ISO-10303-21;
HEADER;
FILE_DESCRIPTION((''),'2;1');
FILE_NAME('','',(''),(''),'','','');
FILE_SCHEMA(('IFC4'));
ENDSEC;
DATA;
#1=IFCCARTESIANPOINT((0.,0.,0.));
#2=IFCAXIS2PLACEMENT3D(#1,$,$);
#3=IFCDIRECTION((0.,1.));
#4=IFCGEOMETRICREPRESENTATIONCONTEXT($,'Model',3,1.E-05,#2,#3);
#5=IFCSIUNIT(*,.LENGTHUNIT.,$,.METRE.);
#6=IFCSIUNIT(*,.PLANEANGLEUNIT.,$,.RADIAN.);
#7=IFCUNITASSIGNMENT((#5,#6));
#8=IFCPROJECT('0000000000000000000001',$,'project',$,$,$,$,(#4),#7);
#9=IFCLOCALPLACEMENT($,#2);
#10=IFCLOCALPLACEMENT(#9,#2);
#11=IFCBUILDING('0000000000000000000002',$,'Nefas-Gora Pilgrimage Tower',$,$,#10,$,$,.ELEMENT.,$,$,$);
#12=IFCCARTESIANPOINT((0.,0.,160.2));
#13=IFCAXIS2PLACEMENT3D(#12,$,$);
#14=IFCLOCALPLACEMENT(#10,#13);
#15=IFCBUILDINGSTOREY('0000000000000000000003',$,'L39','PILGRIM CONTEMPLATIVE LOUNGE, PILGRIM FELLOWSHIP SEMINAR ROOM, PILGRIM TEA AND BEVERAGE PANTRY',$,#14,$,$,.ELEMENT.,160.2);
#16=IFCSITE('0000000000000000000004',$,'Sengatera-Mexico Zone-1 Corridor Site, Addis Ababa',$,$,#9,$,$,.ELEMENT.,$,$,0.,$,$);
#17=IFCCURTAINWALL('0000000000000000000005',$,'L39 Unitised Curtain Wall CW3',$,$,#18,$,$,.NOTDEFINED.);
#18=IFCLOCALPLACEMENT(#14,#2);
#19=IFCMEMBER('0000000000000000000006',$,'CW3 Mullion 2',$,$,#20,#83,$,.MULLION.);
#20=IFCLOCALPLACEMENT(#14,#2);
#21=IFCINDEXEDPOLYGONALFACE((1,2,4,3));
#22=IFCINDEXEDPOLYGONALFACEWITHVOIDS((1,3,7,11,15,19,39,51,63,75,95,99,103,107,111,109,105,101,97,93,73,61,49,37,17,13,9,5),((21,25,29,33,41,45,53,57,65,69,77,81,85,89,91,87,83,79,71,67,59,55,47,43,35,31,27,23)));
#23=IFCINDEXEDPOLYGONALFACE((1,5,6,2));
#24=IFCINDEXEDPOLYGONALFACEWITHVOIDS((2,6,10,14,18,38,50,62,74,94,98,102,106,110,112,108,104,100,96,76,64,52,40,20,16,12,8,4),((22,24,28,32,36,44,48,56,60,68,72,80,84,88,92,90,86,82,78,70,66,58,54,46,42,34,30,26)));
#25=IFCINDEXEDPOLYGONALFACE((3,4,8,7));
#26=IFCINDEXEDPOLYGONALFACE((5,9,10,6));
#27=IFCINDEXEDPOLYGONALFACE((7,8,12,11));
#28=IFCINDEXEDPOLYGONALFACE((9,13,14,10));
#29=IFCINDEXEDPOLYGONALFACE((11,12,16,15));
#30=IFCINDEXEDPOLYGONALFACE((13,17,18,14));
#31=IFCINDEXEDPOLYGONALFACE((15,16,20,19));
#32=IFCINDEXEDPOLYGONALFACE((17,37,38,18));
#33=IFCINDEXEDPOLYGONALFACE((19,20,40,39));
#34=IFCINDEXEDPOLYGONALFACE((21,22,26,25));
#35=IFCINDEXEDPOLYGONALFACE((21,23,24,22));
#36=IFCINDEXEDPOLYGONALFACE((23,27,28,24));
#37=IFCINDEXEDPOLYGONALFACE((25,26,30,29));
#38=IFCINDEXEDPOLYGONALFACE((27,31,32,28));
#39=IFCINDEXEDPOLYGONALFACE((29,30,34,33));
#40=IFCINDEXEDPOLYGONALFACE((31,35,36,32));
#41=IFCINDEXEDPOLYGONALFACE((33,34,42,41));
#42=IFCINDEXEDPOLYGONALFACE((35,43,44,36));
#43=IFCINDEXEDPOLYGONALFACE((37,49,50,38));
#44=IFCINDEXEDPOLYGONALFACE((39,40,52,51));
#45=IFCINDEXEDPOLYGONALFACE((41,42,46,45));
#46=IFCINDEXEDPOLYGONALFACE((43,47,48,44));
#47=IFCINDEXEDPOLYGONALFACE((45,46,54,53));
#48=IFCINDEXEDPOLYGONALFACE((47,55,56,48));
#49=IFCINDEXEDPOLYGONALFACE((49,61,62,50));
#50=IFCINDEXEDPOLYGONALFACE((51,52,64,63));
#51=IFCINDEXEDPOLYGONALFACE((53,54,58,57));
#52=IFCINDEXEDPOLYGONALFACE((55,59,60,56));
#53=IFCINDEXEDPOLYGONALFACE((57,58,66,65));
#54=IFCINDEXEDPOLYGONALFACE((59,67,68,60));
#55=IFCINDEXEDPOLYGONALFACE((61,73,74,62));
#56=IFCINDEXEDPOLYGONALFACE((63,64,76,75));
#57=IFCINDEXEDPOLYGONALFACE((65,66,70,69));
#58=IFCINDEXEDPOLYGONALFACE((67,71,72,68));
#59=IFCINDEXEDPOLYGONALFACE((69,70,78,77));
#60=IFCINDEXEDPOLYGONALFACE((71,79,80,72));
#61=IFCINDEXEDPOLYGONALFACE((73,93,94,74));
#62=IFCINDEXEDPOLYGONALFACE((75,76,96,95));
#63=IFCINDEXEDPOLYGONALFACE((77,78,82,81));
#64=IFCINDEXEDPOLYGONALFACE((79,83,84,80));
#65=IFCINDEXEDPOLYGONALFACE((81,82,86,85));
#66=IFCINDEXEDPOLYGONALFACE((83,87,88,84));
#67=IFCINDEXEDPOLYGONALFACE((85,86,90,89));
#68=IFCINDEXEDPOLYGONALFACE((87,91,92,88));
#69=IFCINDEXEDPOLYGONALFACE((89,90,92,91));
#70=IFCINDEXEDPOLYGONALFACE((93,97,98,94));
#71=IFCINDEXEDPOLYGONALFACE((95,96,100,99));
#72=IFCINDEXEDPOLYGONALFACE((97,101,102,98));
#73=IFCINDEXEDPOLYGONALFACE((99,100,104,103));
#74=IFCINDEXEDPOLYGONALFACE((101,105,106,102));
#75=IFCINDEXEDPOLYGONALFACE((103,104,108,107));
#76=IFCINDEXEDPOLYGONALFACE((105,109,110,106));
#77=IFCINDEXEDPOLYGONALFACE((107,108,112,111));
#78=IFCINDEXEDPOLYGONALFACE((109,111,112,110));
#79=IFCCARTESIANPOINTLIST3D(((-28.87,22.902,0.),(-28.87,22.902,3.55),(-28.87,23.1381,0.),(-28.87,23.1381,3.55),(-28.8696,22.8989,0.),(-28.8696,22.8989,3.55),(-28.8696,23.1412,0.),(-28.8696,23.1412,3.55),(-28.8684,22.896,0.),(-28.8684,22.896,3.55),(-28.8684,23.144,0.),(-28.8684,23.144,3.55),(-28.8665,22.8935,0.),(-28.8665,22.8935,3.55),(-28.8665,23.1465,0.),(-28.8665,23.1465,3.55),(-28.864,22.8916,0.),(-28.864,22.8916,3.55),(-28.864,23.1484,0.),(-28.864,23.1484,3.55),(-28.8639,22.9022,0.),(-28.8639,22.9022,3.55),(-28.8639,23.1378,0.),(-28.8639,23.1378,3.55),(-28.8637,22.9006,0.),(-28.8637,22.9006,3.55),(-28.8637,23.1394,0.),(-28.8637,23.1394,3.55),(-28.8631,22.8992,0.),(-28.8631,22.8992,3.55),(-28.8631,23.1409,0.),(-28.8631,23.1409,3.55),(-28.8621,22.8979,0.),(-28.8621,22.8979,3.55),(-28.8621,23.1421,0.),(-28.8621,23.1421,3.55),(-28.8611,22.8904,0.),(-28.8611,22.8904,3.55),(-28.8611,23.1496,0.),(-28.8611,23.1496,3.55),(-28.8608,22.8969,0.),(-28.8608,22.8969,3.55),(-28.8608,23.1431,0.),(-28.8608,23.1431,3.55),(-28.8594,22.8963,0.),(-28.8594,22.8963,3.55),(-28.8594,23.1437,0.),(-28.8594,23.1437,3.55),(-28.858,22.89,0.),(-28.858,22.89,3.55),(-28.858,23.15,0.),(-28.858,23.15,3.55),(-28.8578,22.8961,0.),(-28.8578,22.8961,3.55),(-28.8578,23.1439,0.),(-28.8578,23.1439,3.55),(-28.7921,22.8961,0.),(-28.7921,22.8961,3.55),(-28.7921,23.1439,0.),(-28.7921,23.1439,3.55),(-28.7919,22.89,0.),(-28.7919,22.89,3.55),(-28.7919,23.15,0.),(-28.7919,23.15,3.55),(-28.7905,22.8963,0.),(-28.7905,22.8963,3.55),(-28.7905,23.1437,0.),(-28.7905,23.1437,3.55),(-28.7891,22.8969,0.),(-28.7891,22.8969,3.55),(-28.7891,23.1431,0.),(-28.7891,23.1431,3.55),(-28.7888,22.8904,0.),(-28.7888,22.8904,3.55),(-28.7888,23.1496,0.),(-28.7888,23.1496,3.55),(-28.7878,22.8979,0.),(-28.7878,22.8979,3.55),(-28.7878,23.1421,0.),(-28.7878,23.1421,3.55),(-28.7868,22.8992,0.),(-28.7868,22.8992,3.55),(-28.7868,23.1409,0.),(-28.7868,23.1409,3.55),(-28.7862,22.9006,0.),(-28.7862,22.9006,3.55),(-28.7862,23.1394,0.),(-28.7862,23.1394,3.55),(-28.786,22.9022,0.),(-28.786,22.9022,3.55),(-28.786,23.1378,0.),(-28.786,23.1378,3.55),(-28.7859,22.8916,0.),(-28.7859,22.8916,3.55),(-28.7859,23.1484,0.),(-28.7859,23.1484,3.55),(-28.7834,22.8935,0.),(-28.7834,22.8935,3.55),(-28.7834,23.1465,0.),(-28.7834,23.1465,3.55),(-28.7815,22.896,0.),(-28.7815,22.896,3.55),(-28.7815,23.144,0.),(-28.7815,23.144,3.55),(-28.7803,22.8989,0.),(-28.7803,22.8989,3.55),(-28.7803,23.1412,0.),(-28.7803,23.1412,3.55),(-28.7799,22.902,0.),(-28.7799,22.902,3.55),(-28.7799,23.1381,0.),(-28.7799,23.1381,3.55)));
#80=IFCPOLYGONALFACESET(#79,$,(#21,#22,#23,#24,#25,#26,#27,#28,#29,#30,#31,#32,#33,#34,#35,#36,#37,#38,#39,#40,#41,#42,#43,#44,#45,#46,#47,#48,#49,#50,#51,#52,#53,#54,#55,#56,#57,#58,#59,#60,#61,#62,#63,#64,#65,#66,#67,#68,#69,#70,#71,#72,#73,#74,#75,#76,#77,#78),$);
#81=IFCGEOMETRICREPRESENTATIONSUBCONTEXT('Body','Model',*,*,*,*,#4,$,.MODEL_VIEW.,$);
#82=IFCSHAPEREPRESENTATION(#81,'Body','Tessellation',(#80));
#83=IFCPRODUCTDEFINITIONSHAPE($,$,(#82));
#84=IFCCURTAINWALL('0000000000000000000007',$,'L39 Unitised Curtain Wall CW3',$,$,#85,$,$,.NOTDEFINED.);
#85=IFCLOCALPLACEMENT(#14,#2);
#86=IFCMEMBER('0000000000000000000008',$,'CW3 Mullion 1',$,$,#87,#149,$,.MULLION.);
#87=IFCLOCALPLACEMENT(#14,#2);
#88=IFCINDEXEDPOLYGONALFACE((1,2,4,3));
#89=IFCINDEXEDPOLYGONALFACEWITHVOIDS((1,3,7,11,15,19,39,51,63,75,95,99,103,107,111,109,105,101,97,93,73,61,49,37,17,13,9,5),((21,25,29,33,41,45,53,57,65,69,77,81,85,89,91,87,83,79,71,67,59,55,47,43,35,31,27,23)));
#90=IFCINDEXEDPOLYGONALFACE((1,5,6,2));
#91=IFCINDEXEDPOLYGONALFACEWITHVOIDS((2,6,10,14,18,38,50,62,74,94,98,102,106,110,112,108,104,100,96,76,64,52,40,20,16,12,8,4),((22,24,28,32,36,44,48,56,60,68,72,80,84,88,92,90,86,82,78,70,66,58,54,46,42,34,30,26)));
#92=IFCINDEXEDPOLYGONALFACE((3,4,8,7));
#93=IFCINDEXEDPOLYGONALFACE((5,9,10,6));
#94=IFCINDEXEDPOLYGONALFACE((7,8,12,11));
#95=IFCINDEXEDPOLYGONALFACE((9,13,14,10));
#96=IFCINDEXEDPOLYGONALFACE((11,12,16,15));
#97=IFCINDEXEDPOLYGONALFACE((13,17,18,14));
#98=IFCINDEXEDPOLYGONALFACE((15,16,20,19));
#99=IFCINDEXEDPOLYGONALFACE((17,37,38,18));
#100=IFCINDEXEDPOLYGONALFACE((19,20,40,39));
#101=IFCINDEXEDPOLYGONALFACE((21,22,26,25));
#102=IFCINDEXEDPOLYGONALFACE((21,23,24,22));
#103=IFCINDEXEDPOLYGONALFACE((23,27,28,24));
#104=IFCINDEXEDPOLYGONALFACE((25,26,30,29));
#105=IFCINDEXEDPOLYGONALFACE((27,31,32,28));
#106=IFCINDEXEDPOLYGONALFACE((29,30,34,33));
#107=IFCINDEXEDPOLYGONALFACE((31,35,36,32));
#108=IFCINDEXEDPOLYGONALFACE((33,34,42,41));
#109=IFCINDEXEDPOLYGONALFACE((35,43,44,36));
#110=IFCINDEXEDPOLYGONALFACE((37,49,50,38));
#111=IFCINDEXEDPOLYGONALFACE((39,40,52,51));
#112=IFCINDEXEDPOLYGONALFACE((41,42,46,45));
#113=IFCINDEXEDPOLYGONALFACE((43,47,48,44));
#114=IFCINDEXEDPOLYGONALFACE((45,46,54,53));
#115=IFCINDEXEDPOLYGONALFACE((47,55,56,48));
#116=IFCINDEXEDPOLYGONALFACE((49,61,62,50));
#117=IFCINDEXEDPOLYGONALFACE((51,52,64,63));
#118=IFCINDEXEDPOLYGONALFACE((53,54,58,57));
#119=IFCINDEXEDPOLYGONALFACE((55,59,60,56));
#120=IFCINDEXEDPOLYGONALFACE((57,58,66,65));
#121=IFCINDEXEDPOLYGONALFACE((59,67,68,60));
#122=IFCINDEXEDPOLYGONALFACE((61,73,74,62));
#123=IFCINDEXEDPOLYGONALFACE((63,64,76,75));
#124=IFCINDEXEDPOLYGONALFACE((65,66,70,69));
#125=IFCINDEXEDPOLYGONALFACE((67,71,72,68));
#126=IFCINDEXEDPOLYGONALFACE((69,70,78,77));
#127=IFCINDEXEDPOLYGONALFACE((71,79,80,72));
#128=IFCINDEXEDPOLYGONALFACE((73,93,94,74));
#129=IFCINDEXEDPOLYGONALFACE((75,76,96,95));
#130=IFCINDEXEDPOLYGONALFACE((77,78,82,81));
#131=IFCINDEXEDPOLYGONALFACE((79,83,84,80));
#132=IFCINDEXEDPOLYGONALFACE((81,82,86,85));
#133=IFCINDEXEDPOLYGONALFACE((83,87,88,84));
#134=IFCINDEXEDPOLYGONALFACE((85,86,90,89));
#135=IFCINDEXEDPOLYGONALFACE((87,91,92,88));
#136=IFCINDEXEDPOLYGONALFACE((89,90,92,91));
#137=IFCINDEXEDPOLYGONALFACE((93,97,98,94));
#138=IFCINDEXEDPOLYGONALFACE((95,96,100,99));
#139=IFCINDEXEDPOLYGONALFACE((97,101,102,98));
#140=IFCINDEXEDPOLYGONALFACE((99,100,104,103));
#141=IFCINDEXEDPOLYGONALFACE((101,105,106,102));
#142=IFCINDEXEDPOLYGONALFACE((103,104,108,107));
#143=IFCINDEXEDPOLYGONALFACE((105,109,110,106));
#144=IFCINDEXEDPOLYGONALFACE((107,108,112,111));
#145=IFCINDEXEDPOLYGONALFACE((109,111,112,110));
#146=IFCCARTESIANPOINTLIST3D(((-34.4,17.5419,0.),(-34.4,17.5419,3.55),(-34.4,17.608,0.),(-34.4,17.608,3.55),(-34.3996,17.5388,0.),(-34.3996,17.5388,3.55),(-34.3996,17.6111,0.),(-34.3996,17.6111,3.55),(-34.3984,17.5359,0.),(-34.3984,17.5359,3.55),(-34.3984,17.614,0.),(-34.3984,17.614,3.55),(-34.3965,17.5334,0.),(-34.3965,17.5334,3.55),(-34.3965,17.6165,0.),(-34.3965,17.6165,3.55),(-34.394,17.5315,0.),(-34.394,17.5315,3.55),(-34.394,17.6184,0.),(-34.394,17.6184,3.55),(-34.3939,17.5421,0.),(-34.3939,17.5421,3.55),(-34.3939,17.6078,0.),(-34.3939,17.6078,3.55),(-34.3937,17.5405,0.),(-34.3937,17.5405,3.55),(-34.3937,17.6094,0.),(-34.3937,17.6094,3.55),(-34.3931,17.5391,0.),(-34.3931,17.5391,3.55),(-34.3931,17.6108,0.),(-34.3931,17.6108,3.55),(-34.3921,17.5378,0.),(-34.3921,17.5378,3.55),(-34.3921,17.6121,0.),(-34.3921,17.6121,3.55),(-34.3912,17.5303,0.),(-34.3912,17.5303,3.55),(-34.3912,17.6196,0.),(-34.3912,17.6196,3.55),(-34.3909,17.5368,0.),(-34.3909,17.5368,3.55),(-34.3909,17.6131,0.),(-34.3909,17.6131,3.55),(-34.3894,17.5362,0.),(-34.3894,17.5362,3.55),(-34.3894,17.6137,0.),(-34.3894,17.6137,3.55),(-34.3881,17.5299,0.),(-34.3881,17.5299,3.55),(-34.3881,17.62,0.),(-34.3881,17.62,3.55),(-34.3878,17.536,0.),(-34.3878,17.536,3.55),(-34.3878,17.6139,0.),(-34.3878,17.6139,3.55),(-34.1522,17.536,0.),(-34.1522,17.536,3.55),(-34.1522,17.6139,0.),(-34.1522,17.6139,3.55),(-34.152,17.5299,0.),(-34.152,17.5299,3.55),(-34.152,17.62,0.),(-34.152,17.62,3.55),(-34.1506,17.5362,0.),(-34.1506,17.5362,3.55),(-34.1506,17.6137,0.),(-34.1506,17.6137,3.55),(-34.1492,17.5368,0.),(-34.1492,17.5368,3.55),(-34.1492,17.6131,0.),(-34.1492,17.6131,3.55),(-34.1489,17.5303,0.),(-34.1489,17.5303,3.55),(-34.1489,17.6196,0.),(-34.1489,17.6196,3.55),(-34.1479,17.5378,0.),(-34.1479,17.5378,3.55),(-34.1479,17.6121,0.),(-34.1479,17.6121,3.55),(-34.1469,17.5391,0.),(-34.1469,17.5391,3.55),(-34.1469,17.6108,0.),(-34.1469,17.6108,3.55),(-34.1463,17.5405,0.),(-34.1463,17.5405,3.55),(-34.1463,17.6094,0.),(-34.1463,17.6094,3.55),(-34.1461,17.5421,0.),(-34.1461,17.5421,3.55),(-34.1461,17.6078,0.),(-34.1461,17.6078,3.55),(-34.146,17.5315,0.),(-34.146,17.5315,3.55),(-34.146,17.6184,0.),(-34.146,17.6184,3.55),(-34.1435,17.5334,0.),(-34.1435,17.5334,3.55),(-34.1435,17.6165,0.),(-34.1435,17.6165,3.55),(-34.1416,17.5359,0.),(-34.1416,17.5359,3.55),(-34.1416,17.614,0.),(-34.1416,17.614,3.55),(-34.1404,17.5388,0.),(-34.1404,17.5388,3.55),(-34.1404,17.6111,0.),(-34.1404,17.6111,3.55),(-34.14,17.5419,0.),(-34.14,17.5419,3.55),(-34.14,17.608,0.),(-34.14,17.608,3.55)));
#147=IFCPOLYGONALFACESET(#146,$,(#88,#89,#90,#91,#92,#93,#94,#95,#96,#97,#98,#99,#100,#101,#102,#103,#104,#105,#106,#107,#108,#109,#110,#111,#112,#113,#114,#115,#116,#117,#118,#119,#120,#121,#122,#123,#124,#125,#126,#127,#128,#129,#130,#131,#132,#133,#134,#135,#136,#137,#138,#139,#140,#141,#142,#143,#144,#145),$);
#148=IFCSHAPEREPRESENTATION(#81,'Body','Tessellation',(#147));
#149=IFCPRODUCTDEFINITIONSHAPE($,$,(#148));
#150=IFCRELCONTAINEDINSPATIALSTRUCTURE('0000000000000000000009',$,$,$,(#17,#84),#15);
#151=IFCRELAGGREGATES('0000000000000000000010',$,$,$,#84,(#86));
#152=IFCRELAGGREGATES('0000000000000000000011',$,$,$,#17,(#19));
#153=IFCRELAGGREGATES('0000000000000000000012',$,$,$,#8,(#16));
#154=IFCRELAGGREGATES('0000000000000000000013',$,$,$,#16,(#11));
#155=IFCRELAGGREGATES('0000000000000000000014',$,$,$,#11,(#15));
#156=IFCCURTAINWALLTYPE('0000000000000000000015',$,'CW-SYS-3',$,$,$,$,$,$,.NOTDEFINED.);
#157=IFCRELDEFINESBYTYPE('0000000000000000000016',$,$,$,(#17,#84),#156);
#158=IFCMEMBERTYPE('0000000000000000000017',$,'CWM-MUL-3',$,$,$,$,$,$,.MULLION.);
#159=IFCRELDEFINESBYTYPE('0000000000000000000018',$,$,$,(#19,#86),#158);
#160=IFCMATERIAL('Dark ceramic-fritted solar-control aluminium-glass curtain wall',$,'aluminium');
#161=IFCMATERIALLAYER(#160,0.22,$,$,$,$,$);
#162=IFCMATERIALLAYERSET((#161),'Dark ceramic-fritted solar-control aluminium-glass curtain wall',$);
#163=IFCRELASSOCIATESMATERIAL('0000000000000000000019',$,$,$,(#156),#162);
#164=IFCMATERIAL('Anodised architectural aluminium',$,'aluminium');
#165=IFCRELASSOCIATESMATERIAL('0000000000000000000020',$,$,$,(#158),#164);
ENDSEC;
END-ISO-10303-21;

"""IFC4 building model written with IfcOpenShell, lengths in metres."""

from ifc_helpers import new_model, si_unit, direction, frame, origin, origin_2d, place, context, subcontext, project, spatial, hollow_rectangle, extrude, source, transform, mapped, material, layer, layer_set, material_profile, profile_set, type_object, element, aggregate, save


model = new_model("IFC4")

# Units and contexts
model_context = context("Model", 3, precision=1e-05, world=origin(), true_north=direction((0.0, 1.0)))
body_context = subcontext(model_context, "Body", "Model", "MODEL_VIEW")
ifc_project = project(units=[si_unit("LENGTHUNIT", "METRE"), si_unit("PLANEANGLEUNIT", "RADIAN")], contexts=[model_context])

# Site, building, storey
site_placement = place(None, origin())
site = spatial("IfcSite", under=ifc_project, at=site_placement, Name="Sengatera-Mexico Zone-1 Corridor Site, Addis Ababa", CompositionType="ELEMENT", RefElevation=0.0)
building_placement = place(site_placement, origin())
building = spatial("IfcBuilding", under=site, at=building_placement, Name="Nefas-Gora Pilgrimage Tower", CompositionType="ELEMENT")
storey_placement = place(building_placement, frame((0.0, 0.0, 160.2)))
storey = spatial("IfcBuildingStorey", under=building, at=storey_placement, Name="L39", Description="PILGRIM CONTEMPLATIVE LOUNGE, PILGRIM FELLOWSHIP SEMINAR ROOM, PILGRIM TEA AND BEVERAGE PANTRY", CompositionType="ELEMENT", Elevation=160.2)

# Shared definitions
ifc_material_1 = material(Name="Dark ceramic-fritted solar-control aluminium-glass curtain wall", Category="aluminium")
ifc_material_2 = material(Name="Anodised architectural aluminium", Category="aluminium")

# Curtain walls, members
ifc_layer_1 = layer(ifc_material_1, 0.22)
ifc_layer_set_1 = layer_set([ifc_layer_1], Name="Dark ceramic-fritted solar-control aluminium-glass curtain wall")
curtain_wall_type_1 = type_object("IfcCurtainWallType", Name="CW-SYS-3", PredefinedType="NOTDEFINED", material=ifc_layer_set_1)
curtain_wall_1_placement = place(storey_placement, origin())
curtain_wall_1 = element("IfcCurtainWall", 1, at=curtain_wall_1_placement, inside=storey, type_object=curtain_wall_type_1, Name="L39 Unitised Curtain Wall CW3", PredefinedType="NOTDEFINED")
ifc_material_profile_1 = material_profile(ifc_material_2, hollow_rectangle(XDim=0.0901, YDim=0.26, WallThickness=0.0061, InnerFilletRadius=0.0061, OuterFilletRadius=0.012, at=origin_2d()), Name="ALU MULLION 90x260")
ifc_profile_set_1 = profile_set([ifc_material_profile_1], Name="Anodised architectural aluminium")
member_type_1 = type_object("IfcMemberType", Name="CWM-MUL-3", PredefinedType="MULLION", material=ifc_profile_set_1)
shared_shape_1 = source(origin(), body_context, "Body", "SweptSolid", [
    extrude(hollow_rectangle(XDim=0.0901, YDim=0.26, WallThickness=0.0061, InnerFilletRadius=0.0061, OuterFilletRadius=0.012, at=origin_2d()), origin(), (0.0, 0.0, 1.0), 3.55),
])
member_1_placement = place(storey_placement, frame((-28.825, 23.02, 0.0), z_axis=(0.0, 0.0, 1.0), x_axis=(-1.0, 0.0, 0.0)))
member_1 = element("IfcMember", 2, at=member_1_placement, type_object=member_type_1, Name="CW3 Mullion 2", PredefinedType="MULLION", context=body_context, shape_type="MappedRepresentation", body=[
    mapped(shared_shape_1, transform((0.0, 0.0, 0.0), x_axis=(1.0, 0.0, 0.0), y_axis=(0.0, 1.0, 0.0), z_axis=(0.0, 0.0, 1.0), scale=1.0)),
])
curtain_wall_2_placement = place(storey_placement, origin())
curtain_wall_2 = element("IfcCurtainWall", 3, at=curtain_wall_2_placement, inside=storey, type_object=curtain_wall_type_1, Name="L39 Unitised Curtain Wall CW3", PredefinedType="NOTDEFINED")
member_2_placement = place(storey_placement, frame((-34.27, 17.575, 0.0), z_axis=(0.0, 0.0, 1.0), x_axis=(0.0, -1.0, 0.0)))
member_2 = element("IfcMember", 4, at=member_2_placement, type_object=member_type_1, Name="CW3 Mullion 1", PredefinedType="MULLION", context=body_context, shape_type="MappedRepresentation", body=[
    mapped(shared_shape_1, transform((0.0, 0.0, 0.0), x_axis=(1.0, 0.0, 0.0), y_axis=(0.0, 1.0, 0.0), z_axis=(0.0, 0.0, 1.0), scale=1.0)),
])

aggregate(curtain_wall_2, [member_2])
aggregate(curtain_wall_1, [member_1])

save(model, "model.ifc")
